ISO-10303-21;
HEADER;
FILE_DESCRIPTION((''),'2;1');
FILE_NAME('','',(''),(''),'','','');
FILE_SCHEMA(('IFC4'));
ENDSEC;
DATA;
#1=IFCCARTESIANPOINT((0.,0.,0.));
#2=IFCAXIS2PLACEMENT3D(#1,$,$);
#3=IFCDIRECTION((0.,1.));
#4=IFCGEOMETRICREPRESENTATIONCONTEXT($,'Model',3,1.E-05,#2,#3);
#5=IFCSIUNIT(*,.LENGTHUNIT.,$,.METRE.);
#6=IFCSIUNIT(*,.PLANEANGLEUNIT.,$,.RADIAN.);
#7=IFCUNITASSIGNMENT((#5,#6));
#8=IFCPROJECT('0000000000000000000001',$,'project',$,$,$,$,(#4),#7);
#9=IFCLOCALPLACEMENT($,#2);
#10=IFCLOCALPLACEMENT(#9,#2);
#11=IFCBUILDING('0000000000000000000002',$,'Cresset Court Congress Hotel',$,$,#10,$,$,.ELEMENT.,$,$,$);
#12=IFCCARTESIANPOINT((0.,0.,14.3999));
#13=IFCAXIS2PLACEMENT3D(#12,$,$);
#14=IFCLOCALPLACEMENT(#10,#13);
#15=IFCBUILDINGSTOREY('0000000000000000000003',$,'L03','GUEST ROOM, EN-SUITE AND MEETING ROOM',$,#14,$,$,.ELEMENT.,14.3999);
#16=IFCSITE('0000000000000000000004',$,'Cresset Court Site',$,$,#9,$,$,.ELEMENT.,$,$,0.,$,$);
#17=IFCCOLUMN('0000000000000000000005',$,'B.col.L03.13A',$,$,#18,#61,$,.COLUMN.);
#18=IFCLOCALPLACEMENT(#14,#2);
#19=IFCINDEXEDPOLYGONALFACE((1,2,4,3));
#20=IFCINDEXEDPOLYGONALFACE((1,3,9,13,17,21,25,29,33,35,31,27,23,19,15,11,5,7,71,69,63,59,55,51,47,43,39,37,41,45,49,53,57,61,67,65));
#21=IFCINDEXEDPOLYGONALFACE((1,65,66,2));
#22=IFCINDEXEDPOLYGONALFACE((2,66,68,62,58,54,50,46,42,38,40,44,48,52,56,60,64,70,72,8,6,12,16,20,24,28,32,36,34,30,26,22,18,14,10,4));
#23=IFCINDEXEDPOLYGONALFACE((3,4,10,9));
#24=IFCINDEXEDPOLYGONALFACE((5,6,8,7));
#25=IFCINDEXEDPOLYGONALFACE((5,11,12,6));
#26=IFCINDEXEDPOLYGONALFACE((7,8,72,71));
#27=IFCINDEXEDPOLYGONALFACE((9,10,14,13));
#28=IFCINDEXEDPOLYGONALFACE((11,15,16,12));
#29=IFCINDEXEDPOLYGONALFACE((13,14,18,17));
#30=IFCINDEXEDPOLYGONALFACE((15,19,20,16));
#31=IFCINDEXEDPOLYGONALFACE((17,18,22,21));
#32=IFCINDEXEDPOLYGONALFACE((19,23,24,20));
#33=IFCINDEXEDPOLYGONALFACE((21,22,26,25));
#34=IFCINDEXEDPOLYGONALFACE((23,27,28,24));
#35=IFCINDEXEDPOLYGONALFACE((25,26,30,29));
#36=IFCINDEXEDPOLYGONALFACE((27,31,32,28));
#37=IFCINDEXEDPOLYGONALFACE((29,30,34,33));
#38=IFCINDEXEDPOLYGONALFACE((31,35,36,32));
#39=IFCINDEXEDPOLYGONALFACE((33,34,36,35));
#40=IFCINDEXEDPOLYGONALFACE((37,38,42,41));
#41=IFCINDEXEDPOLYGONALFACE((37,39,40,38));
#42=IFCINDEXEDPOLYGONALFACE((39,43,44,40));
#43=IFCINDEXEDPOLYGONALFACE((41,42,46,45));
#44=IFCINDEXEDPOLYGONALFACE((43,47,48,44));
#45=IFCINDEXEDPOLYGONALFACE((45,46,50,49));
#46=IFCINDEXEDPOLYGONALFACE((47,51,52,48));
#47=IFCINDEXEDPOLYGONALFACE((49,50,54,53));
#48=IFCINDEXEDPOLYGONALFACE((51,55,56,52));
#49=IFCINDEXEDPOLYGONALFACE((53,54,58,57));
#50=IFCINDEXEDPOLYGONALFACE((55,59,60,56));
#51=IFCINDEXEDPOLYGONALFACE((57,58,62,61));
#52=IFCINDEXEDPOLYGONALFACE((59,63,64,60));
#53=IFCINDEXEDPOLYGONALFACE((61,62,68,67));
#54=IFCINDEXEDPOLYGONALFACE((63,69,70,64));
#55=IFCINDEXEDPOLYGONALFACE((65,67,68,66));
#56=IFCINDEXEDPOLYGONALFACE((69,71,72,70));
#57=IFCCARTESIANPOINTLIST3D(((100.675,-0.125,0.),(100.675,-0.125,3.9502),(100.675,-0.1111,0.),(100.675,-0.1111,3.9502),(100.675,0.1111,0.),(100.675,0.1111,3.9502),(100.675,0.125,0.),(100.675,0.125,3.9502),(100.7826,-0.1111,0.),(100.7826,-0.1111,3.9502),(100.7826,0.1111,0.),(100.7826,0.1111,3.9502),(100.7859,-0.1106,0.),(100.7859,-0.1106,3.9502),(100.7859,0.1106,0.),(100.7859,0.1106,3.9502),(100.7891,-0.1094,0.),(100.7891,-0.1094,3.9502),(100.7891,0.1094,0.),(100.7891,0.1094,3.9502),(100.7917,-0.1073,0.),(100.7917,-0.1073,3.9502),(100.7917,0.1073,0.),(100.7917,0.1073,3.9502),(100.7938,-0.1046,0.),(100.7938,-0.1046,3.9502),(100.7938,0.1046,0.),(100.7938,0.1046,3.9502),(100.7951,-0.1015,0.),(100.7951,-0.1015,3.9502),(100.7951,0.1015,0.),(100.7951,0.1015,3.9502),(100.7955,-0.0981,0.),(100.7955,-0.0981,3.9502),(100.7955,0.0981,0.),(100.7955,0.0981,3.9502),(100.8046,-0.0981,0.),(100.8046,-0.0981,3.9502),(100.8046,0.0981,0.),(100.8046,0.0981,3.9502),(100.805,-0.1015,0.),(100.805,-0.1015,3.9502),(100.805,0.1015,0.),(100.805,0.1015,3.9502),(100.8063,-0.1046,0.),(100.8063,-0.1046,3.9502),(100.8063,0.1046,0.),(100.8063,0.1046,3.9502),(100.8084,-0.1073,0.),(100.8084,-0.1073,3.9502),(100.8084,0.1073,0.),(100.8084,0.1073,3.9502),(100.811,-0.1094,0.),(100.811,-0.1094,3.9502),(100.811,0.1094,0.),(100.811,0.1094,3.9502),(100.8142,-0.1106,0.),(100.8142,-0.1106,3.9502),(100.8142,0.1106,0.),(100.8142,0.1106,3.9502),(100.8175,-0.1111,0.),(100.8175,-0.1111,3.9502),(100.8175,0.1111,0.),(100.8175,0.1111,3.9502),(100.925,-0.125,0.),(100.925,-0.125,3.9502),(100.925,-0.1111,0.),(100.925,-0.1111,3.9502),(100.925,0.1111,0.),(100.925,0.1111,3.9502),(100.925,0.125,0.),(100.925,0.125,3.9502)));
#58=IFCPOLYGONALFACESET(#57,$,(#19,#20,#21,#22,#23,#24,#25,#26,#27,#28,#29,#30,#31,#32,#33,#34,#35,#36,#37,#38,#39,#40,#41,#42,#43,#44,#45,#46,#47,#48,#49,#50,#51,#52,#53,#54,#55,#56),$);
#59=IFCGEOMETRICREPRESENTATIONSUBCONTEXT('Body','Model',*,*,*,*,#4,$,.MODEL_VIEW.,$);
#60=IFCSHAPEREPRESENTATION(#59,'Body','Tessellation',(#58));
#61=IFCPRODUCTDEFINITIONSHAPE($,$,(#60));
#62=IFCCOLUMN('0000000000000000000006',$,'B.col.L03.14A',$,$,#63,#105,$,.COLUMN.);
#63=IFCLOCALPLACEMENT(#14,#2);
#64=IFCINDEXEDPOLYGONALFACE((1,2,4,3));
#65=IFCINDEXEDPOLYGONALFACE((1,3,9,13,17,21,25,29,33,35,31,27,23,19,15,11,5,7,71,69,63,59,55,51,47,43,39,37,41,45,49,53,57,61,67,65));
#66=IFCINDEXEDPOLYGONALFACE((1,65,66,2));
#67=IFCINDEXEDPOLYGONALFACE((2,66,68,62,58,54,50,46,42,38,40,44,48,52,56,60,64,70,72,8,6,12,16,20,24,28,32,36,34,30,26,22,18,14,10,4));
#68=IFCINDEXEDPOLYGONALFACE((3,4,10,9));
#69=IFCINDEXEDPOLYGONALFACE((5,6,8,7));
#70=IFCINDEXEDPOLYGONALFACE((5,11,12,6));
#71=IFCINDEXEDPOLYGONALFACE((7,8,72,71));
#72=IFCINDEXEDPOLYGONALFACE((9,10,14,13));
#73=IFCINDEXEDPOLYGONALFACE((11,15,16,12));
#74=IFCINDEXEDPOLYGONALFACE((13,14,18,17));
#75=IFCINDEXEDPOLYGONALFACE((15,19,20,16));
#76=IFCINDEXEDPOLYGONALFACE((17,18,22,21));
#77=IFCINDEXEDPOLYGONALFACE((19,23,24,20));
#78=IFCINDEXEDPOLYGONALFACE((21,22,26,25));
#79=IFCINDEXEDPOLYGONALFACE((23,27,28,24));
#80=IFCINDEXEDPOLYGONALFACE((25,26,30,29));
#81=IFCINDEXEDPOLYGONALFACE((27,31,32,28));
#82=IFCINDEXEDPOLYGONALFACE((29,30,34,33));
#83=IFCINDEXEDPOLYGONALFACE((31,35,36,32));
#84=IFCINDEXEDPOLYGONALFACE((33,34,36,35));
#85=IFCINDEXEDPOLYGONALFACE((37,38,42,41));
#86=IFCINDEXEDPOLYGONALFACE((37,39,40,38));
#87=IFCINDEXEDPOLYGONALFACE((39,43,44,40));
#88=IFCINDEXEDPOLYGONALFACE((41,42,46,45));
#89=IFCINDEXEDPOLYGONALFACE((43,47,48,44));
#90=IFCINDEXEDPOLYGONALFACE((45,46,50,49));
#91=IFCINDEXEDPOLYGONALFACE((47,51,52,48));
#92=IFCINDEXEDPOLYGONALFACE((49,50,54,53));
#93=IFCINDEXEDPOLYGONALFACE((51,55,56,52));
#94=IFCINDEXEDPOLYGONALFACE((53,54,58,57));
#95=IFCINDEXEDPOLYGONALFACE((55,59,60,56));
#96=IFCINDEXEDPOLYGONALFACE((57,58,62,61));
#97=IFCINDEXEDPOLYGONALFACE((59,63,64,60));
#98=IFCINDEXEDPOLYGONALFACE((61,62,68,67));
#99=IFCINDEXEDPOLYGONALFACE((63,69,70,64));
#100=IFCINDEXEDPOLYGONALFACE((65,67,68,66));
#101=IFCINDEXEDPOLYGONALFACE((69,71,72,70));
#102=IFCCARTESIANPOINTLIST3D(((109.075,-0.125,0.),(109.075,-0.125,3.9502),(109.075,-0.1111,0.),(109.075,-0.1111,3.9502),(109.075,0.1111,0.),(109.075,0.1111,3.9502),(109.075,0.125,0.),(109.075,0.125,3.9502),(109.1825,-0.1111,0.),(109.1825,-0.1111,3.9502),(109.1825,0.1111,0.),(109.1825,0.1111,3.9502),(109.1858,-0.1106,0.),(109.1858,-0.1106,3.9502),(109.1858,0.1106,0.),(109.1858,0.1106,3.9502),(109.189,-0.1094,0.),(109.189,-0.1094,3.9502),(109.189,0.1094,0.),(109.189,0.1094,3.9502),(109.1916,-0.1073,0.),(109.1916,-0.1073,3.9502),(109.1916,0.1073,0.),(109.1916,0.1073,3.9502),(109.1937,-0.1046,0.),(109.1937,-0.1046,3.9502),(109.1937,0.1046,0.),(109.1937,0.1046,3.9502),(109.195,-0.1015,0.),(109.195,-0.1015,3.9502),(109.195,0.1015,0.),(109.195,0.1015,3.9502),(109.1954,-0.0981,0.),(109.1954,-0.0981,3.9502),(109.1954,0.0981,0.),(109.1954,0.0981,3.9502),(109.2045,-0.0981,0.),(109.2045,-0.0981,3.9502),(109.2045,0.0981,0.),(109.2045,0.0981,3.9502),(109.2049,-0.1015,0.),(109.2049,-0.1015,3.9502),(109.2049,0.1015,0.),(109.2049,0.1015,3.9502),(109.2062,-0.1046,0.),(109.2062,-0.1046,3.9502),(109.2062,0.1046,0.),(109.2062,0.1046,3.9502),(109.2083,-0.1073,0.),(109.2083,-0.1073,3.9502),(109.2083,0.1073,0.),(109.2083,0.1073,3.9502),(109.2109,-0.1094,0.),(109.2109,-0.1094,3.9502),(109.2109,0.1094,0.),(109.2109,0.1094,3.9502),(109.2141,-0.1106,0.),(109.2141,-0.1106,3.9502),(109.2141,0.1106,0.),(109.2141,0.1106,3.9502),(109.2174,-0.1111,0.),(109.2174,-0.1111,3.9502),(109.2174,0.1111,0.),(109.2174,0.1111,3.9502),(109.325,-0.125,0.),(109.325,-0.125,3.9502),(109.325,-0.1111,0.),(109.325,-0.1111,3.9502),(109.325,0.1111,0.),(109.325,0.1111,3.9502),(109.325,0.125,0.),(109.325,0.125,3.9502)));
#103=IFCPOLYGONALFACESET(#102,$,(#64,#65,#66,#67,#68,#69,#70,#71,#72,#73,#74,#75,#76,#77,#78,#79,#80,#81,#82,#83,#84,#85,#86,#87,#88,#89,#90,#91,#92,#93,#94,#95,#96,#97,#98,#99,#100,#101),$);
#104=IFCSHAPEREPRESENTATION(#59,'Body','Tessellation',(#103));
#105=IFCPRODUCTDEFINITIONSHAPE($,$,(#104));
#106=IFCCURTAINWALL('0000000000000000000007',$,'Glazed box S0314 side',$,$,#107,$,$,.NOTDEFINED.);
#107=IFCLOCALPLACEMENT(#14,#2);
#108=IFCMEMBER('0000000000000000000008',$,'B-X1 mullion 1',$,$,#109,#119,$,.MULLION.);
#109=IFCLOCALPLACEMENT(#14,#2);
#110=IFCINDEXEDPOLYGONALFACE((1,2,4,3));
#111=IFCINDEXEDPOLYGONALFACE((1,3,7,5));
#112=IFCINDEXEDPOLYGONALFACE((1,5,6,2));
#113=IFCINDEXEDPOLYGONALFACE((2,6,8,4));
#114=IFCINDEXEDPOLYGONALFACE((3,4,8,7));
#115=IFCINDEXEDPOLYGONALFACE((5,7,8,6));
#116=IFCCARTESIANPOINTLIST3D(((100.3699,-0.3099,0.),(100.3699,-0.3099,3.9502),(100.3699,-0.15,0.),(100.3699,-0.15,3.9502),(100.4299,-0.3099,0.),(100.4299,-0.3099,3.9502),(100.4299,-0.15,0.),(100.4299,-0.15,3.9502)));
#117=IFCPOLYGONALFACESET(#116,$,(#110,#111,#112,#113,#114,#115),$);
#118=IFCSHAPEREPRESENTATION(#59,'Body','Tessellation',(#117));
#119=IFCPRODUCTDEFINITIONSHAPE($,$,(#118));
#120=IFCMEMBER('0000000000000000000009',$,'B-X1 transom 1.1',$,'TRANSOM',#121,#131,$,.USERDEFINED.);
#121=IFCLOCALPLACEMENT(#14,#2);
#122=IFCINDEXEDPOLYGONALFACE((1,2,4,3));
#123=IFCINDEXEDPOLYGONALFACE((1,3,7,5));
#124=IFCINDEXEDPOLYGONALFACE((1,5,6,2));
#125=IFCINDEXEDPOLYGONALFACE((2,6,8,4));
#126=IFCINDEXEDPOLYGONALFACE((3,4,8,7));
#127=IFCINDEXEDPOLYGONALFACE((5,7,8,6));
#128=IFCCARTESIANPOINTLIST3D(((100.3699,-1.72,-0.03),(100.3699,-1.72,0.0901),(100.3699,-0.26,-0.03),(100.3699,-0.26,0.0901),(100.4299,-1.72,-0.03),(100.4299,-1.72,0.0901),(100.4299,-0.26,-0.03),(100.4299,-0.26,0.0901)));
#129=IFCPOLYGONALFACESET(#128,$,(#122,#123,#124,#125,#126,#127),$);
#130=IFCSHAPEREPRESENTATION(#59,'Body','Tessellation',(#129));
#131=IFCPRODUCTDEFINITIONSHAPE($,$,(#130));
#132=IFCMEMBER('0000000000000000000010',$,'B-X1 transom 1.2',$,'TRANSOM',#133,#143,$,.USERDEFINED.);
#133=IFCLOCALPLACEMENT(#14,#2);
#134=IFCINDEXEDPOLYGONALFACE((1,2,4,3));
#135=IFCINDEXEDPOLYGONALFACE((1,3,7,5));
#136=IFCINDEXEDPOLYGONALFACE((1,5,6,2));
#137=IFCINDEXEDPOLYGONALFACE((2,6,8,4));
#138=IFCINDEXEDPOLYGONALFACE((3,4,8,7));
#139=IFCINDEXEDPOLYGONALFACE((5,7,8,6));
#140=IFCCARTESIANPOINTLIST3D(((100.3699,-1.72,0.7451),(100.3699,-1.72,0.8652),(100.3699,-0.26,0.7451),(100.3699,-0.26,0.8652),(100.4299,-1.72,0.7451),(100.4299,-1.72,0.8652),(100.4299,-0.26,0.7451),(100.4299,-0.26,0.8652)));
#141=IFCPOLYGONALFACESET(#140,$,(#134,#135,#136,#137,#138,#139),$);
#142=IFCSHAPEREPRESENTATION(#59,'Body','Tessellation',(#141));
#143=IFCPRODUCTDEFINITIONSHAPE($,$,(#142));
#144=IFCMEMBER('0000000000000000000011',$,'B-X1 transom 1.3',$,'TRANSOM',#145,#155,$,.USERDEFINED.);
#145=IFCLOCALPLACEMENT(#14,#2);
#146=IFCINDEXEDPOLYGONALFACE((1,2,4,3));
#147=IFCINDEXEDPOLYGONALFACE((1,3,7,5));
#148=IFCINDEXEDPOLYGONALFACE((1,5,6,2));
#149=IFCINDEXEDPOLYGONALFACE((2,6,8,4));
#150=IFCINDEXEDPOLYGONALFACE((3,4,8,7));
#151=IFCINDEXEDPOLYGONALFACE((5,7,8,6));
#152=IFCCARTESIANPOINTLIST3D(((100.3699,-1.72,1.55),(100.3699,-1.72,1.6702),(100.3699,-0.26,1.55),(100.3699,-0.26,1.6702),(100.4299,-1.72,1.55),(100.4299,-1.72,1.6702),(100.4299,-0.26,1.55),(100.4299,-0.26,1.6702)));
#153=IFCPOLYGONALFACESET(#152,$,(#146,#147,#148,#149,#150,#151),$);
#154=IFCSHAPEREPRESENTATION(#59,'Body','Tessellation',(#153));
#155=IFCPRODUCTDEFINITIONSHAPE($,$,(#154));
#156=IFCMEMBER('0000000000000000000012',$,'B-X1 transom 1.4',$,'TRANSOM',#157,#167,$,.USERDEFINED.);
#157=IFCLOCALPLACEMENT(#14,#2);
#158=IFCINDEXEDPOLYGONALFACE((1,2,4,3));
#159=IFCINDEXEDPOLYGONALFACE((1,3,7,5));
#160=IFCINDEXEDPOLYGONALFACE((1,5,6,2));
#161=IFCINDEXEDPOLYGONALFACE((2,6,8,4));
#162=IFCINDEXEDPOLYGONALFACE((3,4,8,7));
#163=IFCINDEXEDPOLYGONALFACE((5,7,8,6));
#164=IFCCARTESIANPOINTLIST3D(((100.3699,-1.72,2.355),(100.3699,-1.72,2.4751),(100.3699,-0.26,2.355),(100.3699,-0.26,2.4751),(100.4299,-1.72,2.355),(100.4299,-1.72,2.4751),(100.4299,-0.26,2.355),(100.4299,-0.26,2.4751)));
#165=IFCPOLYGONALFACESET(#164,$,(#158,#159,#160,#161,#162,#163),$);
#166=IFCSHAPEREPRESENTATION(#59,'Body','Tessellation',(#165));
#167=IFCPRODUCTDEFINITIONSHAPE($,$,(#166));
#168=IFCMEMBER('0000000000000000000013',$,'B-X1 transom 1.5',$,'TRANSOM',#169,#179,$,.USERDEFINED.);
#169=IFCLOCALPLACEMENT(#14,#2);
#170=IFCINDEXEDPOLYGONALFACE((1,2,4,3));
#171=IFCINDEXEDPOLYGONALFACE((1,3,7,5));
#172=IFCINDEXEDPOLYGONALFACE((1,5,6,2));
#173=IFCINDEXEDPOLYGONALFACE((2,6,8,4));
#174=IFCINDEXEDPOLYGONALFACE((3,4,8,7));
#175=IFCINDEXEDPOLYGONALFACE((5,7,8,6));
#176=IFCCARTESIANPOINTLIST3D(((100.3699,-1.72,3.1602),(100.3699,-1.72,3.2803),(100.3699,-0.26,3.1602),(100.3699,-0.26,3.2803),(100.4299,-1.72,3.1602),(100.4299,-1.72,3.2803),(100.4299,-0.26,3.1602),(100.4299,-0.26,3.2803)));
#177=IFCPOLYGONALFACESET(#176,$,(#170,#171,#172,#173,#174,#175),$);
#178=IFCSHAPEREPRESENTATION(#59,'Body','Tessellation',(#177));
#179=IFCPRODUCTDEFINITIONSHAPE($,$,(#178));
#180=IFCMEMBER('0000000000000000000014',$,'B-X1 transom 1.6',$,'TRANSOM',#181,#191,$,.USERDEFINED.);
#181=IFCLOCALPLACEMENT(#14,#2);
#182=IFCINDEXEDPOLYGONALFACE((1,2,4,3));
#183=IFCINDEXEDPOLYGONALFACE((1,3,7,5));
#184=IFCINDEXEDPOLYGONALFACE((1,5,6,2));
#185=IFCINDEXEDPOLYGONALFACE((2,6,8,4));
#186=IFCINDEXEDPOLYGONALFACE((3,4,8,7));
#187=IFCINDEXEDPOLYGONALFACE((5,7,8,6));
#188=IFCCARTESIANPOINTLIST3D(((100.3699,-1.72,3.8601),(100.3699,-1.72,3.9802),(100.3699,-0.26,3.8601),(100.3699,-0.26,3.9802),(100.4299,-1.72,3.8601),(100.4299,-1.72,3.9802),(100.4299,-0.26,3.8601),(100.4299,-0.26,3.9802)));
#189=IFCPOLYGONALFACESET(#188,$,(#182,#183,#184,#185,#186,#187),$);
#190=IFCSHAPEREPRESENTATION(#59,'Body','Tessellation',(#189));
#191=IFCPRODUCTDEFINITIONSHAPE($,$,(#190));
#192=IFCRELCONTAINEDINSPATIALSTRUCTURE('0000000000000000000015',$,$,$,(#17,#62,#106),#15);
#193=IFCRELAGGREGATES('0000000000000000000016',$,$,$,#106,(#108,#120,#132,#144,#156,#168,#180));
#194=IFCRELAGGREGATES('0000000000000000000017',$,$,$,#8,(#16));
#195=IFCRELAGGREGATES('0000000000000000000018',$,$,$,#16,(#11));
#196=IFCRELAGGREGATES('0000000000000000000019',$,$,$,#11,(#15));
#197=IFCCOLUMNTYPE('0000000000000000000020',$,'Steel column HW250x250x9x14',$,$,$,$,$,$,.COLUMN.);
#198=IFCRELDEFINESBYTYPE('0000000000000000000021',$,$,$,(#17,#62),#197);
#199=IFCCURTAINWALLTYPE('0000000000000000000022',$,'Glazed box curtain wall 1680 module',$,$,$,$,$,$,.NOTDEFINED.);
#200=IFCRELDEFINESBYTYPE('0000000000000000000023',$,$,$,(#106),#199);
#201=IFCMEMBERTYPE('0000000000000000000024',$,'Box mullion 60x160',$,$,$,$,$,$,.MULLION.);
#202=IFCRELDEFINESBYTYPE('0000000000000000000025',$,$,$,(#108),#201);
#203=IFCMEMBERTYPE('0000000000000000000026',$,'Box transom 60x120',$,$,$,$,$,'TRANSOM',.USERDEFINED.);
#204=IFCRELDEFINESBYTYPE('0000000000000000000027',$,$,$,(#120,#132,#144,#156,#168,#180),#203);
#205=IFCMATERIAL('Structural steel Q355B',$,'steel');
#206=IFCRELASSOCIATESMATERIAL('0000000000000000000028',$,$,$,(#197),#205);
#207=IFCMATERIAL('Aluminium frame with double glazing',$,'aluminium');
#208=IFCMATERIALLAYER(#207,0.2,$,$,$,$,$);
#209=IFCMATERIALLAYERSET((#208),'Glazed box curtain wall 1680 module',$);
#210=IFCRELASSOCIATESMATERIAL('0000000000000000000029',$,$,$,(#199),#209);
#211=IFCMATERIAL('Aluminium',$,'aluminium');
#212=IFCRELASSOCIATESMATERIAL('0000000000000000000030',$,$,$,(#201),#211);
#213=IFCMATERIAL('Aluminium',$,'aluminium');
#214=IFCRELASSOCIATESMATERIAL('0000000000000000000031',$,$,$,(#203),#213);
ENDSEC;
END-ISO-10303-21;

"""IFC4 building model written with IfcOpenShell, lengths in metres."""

from ifc_helpers import new_model, si_unit, direction, frame, origin, origin_2d, place, context, subcontext, project, spatial, rectangle, i_section, extrude, material, layer, layer_set, material_profile, profile_set, type_object, element, aggregate, save


model = new_model("IFC4")

# Units and contexts
model_context = context("Model", 3, precision=1e-05, world=origin(), true_north=direction((0.0, 1.0)))
body_context = subcontext(model_context, "Body", "Model", "MODEL_VIEW")
ifc_project = project(units=[si_unit("LENGTHUNIT", "METRE"), si_unit("PLANEANGLEUNIT", "RADIAN")], contexts=[model_context])

# Site, building, storey
site_placement = place(None, origin())
site = spatial("IfcSite", under=ifc_project, at=site_placement, Name="Cresset Court Site", CompositionType="ELEMENT", RefElevation=0.0)
building_placement = place(site_placement, origin())
building = spatial("IfcBuilding", under=site, at=building_placement, Name="Cresset Court Congress Hotel", CompositionType="ELEMENT")
storey_placement = place(building_placement, frame((0.0, 0.0, 14.3999)))
storey = spatial("IfcBuildingStorey", under=building, at=storey_placement, Name="L03", Description="GUEST ROOM, EN-SUITE AND MEETING ROOM", CompositionType="ELEMENT", Elevation=14.3999)

# Columns
ifc_material_1 = material(Name="Structural steel Q355B", Category="steel")
ifc_material_profile_1 = material_profile(ifc_material_1, i_section(OverallWidth=0.25, OverallDepth=0.25, WebThickness=0.009, FlangeThickness=0.0139, FilletRadius=0.0129, at=origin_2d()), Name="HW250x250x9x14")
ifc_profile_set_1 = profile_set([ifc_material_profile_1], Name="Structural steel Q355B")
column_type = type_object("IfcColumnType", Name="Steel column HW250x250x9x14", PredefinedType="COLUMN", material=ifc_profile_set_1)
for number, where, z_axis, x_axis, name in (
    (1, (100.8, 0.0, 0.0), (0.0, 0.0, 1.0), (1.0, 0.0, 0.0), "B.col.L03.13A"),
    (2, (109.2, 0.0, 0.0), (0.0, 0.0, 1.0), (1.0, 0.0, 0.0), "B.col.L03.14A"),
):
    element("IfcColumn", number, at=place(storey_placement, frame(where, z_axis=z_axis, x_axis=x_axis)), inside=storey, type_object=column_type, Name=name, PredefinedType="COLUMN", context=body_context, shape_type="SweptSolid", body=[
        extrude(i_section(OverallWidth=0.25, OverallDepth=0.25, WebThickness=0.009, FlangeThickness=0.0139, FilletRadius=0.0129, at=origin_2d()), origin(), (0.0, 0.0, 1.0), 3.9502),
    ])

# Curtain wall, members
ifc_material_2 = material(Name="Aluminium frame with double glazing", Category="aluminium")
ifc_layer_1 = layer(ifc_material_2, 0.2)
ifc_layer_set_1 = layer_set([ifc_layer_1], Name="Glazed box curtain wall 1680 module")
curtain_wall_type = type_object("IfcCurtainWallType", Name="Glazed box curtain wall 1680 module", PredefinedType="NOTDEFINED", material=ifc_layer_set_1)
curtain_wall_placement = place(storey_placement, origin())
curtain_wall = element("IfcCurtainWall", 3, at=curtain_wall_placement, inside=storey, type_object=curtain_wall_type, Name="Glazed box S0314 side", PredefinedType="NOTDEFINED")
ifc_material_3 = material(Name="Aluminium", Category="aluminium")
ifc_material_profile_2 = material_profile(ifc_material_3, rectangle(XDim=0.0601, YDim=0.1599, at=origin_2d()), Name="Box mullion 60x160")
ifc_profile_set_2 = profile_set([ifc_material_profile_2], Name="Aluminium")
member_type_1 = type_object("IfcMemberType", Name="Box mullion 60x160", PredefinedType="MULLION", material=ifc_profile_set_2)
member_1_placement = place(storey_placement, frame((100.3999, -0.23, 0.0), z_axis=(0.0, 0.0, 1.0), x_axis=(1.0, 0.0, 0.0)))
member_1 = element("IfcMember", 4, at=member_1_placement, type_object=member_type_1, Name="B-X1 mullion 1", PredefinedType="MULLION", context=body_context, shape_type="SweptSolid", body=[
    extrude(rectangle(XDim=0.0601, YDim=0.1599, at=origin_2d()), origin(), (0.0, 0.0, 1.0), 3.9502),
])
ifc_material_4 = material(Name="Aluminium", Category="aluminium")
ifc_material_profile_3 = material_profile(ifc_material_4, rectangle(XDim=0.0601, YDim=0.1201, at=origin_2d()), Name="Box transom 60x120")
ifc_profile_set_3 = profile_set([ifc_material_profile_3], Name="Aluminium")
member_type_2 = type_object("IfcMemberType", Name="Box transom 60x120", ElementType="TRANSOM", PredefinedType="USERDEFINED", material=ifc_profile_set_3)
member_2_placement = place(storey_placement, frame((100.3999, -0.26, 0.03), z_axis=(0.0, -1.0, 0.0), x_axis=(1.0, 0.0, 0.0)))
member_2 = element("IfcMember", 5, at=member_2_placement, type_object=member_type_2, Name="B-X1 transom 1.1", ObjectType="TRANSOM", PredefinedType="USERDEFINED", context=body_context, shape_type="SweptSolid", body=[
    extrude(rectangle(XDim=0.0601, YDim=0.1201, at=origin_2d()), origin(), (0.0, 0.0, 1.0), 1.46),
])
member_3_placement = place(storey_placement, frame((100.3999, -0.26, 0.8052), z_axis=(0.0, -1.0, 0.0), x_axis=(1.0, 0.0, 0.0)))
member_3 = element("IfcMember", 6, at=member_3_placement, type_object=member_type_2, Name="B-X1 transom 1.2", ObjectType="TRANSOM", PredefinedType="USERDEFINED", context=body_context, shape_type="SweptSolid", body=[
    extrude(rectangle(XDim=0.0601, YDim=0.1201, at=origin_2d()), origin(), (0.0, 0.0, 1.0), 1.46),
])
member_4_placement = place(storey_placement, frame((100.3999, -0.26, 1.6101), z_axis=(0.0, -1.0, 0.0), x_axis=(1.0, 0.0, 0.0)))
member_4 = element("IfcMember", 7, at=member_4_placement, type_object=member_type_2, Name="B-X1 transom 1.3", ObjectType="TRANSOM", PredefinedType="USERDEFINED", context=body_context, shape_type="SweptSolid", body=[
    extrude(rectangle(XDim=0.0601, YDim=0.1201, at=origin_2d()), origin(), (0.0, 0.0, 1.0), 1.46),
])
member_5_placement = place(storey_placement, frame((100.3999, -0.26, 2.415), z_axis=(0.0, -1.0, 0.0), x_axis=(1.0, 0.0, 0.0)))
member_5 = element("IfcMember", 8, at=member_5_placement, type_object=member_type_2, Name="B-X1 transom 1.4", ObjectType="TRANSOM", PredefinedType="USERDEFINED", context=body_context, shape_type="SweptSolid", body=[
    extrude(rectangle(XDim=0.0601, YDim=0.1201, at=origin_2d()), origin(), (0.0, 0.0, 1.0), 1.46),
])
member_6_placement = place(storey_placement, frame((100.3999, -0.26, 3.2202), z_axis=(0.0, -1.0, 0.0), x_axis=(1.0, 0.0, 0.0)))
member_6 = element("IfcMember", 9, at=member_6_placement, type_object=member_type_2, Name="B-X1 transom 1.5", ObjectType="TRANSOM", PredefinedType="USERDEFINED", context=body_context, shape_type="SweptSolid", body=[
    extrude(rectangle(XDim=0.0601, YDim=0.1201, at=origin_2d()), origin(), (0.0, 0.0, 1.0), 1.46),
])
member_7_placement = place(storey_placement, frame((100.3999, -0.26, 3.9202), z_axis=(0.0, -1.0, 0.0), x_axis=(1.0, 0.0, 0.0)))
member_7 = element("IfcMember", 10, at=member_7_placement, type_object=member_type_2, Name="B-X1 transom 1.6", ObjectType="TRANSOM", PredefinedType="USERDEFINED", context=body_context, shape_type="SweptSolid", body=[
    extrude(rectangle(XDim=0.0601, YDim=0.1201, at=origin_2d()), origin(), (0.0, 0.0, 1.0), 1.46),
])

aggregate(curtain_wall, [member_1, member_2, member_3, member_4, member_5, member_6, member_7])

save(model, "model.ifc")
